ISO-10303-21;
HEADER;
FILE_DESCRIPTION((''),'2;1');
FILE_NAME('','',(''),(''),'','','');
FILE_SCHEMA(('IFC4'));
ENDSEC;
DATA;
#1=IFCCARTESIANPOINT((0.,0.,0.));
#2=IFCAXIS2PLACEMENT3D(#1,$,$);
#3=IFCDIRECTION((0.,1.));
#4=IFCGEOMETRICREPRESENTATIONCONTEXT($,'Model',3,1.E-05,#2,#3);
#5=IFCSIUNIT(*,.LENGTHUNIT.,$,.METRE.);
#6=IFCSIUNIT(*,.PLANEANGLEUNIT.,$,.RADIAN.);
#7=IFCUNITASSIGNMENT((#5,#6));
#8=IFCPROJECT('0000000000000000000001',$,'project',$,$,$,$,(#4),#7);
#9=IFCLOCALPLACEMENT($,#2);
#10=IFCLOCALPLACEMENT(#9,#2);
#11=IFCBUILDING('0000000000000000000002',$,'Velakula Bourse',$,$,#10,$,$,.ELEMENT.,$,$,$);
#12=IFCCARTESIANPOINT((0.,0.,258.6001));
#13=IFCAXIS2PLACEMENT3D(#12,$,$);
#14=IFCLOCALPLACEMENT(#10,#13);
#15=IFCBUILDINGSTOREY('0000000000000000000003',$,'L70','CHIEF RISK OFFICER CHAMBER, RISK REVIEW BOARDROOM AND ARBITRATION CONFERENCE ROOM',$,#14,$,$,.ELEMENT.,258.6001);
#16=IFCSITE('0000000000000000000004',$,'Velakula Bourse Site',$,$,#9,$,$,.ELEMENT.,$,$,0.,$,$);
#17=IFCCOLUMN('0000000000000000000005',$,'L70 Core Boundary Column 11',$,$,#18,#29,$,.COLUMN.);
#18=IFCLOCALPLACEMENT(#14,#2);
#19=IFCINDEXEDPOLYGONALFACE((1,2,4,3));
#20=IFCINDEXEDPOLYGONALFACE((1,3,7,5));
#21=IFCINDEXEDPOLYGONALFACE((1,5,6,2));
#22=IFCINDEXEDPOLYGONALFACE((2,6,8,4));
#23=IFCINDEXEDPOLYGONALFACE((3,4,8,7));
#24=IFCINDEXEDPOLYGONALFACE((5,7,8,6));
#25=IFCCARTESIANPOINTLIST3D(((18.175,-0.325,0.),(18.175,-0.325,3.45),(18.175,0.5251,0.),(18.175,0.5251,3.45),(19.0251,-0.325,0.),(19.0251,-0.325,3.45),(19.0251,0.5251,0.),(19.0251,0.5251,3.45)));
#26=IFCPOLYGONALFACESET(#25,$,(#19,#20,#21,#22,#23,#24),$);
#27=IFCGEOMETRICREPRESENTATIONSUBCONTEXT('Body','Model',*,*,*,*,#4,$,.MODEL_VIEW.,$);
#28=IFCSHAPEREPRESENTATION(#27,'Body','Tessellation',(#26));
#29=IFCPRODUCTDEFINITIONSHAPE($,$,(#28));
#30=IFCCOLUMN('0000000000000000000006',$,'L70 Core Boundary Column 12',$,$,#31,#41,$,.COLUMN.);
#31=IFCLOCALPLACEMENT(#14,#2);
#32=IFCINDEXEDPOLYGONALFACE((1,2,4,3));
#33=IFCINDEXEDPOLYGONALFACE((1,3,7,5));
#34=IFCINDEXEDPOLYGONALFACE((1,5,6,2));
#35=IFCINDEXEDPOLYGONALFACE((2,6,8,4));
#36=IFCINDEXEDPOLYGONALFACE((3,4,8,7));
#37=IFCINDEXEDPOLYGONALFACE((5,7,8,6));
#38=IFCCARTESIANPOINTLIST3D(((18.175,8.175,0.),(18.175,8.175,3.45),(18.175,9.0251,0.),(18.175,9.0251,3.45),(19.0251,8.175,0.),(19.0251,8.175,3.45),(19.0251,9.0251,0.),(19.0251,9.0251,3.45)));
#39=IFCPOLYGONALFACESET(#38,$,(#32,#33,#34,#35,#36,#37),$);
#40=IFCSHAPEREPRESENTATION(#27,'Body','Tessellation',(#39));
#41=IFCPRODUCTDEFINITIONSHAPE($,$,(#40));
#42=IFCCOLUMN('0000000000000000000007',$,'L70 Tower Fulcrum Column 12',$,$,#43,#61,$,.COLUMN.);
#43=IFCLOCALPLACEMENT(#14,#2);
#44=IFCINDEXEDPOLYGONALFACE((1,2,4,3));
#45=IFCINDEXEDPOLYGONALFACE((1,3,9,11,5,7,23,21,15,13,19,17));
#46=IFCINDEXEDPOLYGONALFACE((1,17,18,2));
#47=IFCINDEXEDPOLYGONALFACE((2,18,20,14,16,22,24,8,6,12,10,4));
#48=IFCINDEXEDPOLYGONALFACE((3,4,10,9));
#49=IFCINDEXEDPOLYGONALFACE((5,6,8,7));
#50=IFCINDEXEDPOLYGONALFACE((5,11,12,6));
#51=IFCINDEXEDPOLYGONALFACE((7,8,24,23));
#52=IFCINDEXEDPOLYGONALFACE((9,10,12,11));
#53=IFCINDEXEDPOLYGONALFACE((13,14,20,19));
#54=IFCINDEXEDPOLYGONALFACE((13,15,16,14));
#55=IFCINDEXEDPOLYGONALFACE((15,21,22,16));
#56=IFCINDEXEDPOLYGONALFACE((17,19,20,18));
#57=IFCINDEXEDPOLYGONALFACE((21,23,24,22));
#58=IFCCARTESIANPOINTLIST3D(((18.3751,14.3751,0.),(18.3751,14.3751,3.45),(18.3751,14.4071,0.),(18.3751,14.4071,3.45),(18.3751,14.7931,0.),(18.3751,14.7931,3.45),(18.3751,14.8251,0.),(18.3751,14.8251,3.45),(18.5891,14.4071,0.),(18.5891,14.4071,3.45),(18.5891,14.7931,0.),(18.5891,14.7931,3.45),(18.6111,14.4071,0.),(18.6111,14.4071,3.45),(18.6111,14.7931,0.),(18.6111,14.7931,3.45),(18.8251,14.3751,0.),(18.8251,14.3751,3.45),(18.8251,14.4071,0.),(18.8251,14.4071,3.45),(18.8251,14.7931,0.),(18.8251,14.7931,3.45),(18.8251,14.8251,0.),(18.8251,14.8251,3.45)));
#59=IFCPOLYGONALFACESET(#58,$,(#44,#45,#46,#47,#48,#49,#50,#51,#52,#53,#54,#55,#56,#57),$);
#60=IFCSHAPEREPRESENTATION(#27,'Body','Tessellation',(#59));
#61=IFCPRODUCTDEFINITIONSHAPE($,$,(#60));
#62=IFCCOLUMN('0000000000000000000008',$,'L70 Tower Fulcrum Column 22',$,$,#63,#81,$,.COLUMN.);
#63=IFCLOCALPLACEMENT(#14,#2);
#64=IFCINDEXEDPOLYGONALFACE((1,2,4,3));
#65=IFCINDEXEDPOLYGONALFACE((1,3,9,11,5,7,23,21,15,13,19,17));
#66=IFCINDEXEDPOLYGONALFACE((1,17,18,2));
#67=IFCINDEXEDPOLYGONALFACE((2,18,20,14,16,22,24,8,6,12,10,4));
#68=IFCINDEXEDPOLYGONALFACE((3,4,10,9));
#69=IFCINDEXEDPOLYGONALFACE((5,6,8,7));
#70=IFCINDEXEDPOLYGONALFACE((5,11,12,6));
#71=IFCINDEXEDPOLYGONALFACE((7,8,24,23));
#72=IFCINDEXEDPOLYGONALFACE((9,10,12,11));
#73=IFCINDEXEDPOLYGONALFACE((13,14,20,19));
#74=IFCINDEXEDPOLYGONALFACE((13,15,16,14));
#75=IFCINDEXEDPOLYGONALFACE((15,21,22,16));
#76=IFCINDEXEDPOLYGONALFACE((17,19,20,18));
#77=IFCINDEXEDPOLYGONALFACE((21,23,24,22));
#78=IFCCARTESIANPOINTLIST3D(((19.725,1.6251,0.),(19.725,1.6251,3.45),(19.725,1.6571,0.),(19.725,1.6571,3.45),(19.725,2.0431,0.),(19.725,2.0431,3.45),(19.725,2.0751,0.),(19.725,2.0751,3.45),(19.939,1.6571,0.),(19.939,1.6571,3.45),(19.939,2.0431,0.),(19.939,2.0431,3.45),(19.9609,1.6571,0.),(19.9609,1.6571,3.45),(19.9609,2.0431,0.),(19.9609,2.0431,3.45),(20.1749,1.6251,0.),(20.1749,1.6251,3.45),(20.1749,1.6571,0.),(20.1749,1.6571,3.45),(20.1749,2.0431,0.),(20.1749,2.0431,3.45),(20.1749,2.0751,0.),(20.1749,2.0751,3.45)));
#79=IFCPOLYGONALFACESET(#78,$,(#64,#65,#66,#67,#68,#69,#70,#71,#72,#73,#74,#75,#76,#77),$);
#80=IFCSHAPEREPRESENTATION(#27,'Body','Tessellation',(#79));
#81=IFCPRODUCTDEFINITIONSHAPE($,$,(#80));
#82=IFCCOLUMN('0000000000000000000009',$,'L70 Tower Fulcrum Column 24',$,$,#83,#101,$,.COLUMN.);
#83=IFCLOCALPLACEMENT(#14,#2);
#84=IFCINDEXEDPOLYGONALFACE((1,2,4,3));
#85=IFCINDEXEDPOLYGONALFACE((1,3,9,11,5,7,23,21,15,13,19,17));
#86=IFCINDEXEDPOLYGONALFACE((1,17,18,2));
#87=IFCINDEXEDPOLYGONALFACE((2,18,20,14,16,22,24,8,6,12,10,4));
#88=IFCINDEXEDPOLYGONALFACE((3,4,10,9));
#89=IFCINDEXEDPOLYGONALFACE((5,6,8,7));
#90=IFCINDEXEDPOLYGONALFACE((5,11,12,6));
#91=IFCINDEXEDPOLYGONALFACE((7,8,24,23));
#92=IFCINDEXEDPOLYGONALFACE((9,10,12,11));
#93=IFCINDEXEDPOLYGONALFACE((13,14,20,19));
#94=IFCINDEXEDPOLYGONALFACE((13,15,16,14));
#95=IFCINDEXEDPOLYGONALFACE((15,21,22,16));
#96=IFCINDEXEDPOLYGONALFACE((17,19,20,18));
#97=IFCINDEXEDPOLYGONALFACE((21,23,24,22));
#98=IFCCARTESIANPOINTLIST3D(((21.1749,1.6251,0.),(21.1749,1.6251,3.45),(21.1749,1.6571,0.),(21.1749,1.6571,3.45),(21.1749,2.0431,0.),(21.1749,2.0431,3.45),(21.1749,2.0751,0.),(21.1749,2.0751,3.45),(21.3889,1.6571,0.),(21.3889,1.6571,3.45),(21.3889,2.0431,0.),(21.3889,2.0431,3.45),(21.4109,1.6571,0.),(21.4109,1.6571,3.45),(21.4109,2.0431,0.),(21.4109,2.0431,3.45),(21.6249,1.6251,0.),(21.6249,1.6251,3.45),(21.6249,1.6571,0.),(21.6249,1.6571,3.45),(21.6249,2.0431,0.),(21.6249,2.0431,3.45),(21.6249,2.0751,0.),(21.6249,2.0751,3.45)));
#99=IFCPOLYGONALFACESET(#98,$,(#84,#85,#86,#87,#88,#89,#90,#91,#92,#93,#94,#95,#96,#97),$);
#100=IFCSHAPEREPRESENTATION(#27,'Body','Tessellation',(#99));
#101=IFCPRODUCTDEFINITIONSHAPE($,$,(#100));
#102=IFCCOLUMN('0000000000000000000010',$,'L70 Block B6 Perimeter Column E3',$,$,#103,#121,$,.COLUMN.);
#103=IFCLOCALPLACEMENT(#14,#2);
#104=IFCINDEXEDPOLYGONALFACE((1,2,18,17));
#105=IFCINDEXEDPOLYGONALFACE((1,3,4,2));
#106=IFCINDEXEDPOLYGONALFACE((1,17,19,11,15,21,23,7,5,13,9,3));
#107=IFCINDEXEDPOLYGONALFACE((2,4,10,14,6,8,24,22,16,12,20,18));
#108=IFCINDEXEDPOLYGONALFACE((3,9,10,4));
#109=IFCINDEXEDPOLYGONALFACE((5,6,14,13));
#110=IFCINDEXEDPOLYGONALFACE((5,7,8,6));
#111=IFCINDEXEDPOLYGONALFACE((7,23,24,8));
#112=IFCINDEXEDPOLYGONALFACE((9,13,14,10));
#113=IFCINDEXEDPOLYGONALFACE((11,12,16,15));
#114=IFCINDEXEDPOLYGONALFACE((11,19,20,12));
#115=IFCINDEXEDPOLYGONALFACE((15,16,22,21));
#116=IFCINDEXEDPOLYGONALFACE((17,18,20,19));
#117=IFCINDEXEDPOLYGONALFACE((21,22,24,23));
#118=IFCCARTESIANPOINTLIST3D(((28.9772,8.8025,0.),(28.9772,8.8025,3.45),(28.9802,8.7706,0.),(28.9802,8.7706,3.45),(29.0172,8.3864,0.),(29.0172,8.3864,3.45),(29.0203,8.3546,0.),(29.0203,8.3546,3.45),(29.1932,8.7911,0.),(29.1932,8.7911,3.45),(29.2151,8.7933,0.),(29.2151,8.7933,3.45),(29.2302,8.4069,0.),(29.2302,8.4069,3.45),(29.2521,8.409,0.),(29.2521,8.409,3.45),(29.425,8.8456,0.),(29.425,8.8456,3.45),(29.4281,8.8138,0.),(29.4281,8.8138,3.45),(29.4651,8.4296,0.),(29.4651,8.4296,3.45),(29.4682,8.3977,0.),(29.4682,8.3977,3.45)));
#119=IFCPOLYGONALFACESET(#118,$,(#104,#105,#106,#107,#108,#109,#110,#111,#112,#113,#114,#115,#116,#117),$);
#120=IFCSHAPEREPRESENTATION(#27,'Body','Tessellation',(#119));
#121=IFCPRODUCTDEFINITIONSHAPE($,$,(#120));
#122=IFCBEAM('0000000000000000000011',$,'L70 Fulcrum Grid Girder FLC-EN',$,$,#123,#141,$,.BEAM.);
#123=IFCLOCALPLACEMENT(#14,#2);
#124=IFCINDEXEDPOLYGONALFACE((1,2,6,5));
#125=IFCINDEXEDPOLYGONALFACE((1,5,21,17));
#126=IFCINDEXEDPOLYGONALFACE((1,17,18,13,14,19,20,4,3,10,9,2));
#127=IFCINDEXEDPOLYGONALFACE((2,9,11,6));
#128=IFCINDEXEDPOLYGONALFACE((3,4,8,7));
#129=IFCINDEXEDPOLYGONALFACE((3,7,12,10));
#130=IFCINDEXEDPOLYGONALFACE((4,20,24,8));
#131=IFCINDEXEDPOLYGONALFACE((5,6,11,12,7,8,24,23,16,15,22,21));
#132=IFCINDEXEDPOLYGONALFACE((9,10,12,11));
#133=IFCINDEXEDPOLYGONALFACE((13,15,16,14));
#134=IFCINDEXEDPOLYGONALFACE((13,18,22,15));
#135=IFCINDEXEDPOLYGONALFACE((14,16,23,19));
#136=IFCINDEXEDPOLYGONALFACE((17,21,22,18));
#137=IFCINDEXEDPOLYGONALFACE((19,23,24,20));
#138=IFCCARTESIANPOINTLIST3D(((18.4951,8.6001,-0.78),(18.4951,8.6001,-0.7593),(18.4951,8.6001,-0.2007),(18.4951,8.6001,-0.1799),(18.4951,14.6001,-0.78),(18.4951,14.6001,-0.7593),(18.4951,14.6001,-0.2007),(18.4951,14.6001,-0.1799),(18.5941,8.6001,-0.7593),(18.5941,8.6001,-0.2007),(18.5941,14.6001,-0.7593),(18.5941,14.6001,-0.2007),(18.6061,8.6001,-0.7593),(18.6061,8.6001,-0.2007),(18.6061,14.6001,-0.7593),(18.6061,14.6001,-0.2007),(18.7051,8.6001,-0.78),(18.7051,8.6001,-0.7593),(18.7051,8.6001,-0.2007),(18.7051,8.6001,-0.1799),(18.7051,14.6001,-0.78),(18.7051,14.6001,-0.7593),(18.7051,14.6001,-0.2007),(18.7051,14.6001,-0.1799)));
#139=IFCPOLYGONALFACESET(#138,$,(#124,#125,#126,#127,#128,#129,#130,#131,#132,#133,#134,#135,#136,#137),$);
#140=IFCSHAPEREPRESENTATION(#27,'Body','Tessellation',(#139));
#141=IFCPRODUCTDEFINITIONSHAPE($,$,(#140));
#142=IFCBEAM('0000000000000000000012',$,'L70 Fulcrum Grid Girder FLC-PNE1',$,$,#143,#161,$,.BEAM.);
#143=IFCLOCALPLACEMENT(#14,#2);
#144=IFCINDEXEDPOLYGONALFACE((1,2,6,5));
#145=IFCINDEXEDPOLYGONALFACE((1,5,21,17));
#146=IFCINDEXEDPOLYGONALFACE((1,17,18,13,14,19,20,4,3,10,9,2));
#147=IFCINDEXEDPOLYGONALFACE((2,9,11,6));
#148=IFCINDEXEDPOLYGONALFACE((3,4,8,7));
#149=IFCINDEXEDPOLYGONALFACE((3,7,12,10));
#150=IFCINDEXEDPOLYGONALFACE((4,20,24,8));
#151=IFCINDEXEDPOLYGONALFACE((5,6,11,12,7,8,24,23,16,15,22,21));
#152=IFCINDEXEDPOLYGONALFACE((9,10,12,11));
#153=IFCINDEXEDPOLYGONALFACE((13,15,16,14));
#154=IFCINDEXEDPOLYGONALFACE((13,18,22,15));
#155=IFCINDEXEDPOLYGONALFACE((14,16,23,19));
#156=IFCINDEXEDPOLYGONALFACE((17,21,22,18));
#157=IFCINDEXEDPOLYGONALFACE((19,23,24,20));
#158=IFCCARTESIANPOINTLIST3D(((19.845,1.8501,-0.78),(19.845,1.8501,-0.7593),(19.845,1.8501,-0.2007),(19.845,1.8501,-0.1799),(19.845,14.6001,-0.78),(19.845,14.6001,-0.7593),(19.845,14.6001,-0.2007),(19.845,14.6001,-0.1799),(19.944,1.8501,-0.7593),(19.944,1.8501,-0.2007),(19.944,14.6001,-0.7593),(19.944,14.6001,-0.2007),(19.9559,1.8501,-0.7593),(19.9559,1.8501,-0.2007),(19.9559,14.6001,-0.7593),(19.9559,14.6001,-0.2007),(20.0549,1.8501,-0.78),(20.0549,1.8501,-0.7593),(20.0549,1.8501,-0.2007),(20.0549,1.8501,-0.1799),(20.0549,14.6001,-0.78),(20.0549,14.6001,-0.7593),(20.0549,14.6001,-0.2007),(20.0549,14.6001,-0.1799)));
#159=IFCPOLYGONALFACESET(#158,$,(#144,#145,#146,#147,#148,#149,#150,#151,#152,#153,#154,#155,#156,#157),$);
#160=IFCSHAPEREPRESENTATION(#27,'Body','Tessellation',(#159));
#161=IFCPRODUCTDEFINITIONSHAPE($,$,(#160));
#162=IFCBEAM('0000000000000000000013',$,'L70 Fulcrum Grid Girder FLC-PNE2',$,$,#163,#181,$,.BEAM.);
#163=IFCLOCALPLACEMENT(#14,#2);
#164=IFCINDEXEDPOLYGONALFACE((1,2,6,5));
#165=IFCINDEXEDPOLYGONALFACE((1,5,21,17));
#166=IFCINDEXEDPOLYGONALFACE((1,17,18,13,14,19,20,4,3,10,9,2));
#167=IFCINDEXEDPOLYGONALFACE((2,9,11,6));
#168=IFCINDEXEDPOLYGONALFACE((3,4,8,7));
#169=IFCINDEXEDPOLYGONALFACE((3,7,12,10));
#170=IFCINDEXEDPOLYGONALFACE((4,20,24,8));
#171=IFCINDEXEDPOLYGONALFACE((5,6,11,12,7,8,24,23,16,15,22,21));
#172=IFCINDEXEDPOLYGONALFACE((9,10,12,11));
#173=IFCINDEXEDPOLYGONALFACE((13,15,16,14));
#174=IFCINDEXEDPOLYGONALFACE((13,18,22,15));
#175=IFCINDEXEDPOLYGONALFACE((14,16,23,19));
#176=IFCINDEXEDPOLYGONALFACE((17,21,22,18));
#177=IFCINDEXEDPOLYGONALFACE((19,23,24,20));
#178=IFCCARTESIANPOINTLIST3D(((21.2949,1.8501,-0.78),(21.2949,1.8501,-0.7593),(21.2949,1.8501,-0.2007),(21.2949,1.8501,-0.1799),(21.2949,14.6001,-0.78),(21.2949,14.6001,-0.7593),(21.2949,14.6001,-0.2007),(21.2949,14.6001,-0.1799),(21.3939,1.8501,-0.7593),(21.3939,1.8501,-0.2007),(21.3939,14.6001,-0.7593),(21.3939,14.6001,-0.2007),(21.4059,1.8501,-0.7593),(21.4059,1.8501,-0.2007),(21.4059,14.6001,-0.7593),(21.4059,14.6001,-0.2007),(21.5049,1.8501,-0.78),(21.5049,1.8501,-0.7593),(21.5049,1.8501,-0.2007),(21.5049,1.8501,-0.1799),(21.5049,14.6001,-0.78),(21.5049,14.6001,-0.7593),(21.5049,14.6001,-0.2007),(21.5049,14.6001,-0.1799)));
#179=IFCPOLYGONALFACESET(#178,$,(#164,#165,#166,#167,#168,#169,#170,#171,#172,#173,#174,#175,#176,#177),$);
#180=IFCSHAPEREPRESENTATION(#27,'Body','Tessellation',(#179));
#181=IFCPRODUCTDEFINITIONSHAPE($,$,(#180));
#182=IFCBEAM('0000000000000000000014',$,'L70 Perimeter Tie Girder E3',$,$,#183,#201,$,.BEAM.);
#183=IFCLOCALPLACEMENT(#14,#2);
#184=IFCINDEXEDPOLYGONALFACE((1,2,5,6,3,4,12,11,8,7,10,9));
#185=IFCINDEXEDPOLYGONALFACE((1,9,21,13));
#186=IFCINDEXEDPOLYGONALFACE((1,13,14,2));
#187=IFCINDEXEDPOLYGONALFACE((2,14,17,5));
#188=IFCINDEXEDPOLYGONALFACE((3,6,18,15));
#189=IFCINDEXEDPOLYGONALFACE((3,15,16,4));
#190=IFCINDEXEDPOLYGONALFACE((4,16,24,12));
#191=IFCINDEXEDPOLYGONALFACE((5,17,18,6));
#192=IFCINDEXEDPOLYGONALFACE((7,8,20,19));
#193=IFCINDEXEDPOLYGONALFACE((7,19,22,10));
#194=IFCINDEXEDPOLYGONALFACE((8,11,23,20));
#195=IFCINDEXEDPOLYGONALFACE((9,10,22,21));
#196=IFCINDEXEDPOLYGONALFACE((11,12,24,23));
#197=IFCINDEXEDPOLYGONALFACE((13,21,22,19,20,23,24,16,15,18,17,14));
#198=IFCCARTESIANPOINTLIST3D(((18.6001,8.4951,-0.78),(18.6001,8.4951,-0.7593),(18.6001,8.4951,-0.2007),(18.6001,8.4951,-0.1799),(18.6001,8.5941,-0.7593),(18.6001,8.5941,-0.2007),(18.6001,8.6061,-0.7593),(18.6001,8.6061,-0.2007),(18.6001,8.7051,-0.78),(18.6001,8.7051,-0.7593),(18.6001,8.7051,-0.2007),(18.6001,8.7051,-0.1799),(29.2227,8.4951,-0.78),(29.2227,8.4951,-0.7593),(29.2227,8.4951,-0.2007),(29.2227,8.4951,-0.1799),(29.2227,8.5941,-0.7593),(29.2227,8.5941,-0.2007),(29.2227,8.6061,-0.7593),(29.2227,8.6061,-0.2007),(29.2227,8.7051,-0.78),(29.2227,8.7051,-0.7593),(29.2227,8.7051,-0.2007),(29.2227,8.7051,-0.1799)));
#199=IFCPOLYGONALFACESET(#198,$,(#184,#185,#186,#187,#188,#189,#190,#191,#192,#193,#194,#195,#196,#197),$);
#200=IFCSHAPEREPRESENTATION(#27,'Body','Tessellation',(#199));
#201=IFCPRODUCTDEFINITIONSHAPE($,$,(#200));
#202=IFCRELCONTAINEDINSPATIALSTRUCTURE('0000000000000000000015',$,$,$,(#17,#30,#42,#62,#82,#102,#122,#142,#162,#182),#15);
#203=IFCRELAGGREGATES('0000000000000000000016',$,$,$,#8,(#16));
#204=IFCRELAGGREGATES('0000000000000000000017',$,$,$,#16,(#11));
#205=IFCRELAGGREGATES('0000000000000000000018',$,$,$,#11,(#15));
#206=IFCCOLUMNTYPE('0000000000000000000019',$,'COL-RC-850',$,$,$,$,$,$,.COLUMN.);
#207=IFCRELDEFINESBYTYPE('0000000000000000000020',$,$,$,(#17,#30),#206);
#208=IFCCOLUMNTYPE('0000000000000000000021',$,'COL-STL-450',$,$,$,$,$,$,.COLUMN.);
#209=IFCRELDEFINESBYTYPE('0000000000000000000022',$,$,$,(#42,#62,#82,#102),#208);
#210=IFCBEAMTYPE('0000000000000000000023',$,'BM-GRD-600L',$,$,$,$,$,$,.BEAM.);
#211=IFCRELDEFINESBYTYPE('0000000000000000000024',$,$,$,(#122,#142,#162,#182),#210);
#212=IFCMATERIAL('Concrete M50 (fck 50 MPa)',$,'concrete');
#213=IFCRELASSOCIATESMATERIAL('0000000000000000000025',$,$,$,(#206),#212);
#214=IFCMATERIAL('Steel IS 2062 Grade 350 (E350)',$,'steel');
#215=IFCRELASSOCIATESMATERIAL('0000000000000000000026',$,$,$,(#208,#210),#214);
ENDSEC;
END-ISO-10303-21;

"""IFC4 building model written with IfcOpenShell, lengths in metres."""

from ifc_helpers import new_model, si_unit, direction, frame, origin, origin_2d, place, context, subcontext, project, spatial, rectangle, i_section, extrude, material, material_profile, profile_set, type_object, element, save


model = new_model("IFC4")

# Units and contexts
model_context = context("Model", 3, precision=1e-05, world=origin(), true_north=direction((0.0, 1.0)))
body_context = subcontext(model_context, "Body", "Model", "MODEL_VIEW")
ifc_project = project(units=[si_unit("LENGTHUNIT", "METRE"), si_unit("PLANEANGLEUNIT", "RADIAN")], contexts=[model_context])

# Site, building, storey
site_placement = place(None, origin())
site = spatial("IfcSite", under=ifc_project, at=site_placement, Name="Velakula Bourse Site", CompositionType="ELEMENT", RefElevation=0.0)
building_placement = place(site_placement, origin())
building = spatial("IfcBuilding", under=site, at=building_placement, Name="Velakula Bourse", CompositionType="ELEMENT")
storey_placement = place(building_placement, frame((0.0, 0.0, 258.6001)))
storey = spatial("IfcBuildingStorey", under=building, at=storey_placement, Name="L70", Description="CHIEF RISK OFFICER CHAMBER, RISK REVIEW BOARDROOM AND ARBITRATION CONFERENCE ROOM", CompositionType="ELEMENT", Elevation=258.6001)

# Columns
ifc_material_1 = material(Name="Concrete M50 (fck 50 MPa)", Category="concrete")
ifc_material_profile_1 = material_profile(ifc_material_1, rectangle(XDim=0.8501, YDim=0.8501, at=origin_2d()), Name="Concrete M50 (fck 50 MPa)")
ifc_profile_set_1 = profile_set([ifc_material_profile_1], Name="Concrete M50 (fck 50 MPa)")
column_type_1 = type_object("IfcColumnType", Name="COL-RC-850", PredefinedType="COLUMN", material=ifc_profile_set_1)
for number, where, z_axis, x_axis, name in (
    (1, (18.6001, 0.1001, 0.0), (0.0, 0.0, 1.0), (1.0, 0.0, 0.0), "L70 Core Boundary Column 11"),
    (2, (18.6001, 8.6001, 0.0), (0.0, 0.0, 1.0), (1.0, 0.0, 0.0), "L70 Core Boundary Column 12"),
):
    element("IfcColumn", number, at=place(storey_placement, frame(where, z_axis=z_axis, x_axis=x_axis)), inside=storey, type_object=column_type_1, Name=name, PredefinedType="COLUMN", context=body_context, shape_type="SweptSolid", body=[
        extrude(rectangle(XDim=0.8501, YDim=0.8501, at=origin_2d()), origin(), (0.0, 0.0, 1.0), 3.45),
    ])
ifc_material_2 = material(Name="Steel IS 2062 Grade 350 (E350)", Category="steel")
ifc_material_profile_2 = material_profile(ifc_material_2, i_section(OverallWidth=0.45, OverallDepth=0.45, WebThickness=0.022, FlangeThickness=0.032, at=origin_2d()), Name="Steel IS 2062 Grade 350 (E350)")
ifc_profile_set_2 = profile_set([ifc_material_profile_2], Name="Steel IS 2062 Grade 350 (E350)")
column_type_2 = type_object("IfcColumnType", Name="COL-STL-450", PredefinedType="COLUMN", material=ifc_profile_set_2)
for number, where, z_axis, x_axis, name in (
    (3, (18.6001, 14.6001, 0.0), (0.0, 0.0, 1.0), (1.0, 0.0, 0.0), "L70 Tower Fulcrum Column 12"),
    (4, (19.95, 1.8501, 0.0), (0.0, 0.0, 1.0), (1.0, 0.0, 0.0), "L70 Tower Fulcrum Column 22"),
    (5, (21.3999, 1.8501, 0.0), (0.0, 0.0, 1.0), (1.0, 0.0, 0.0), "L70 Tower Fulcrum Column 24"),
    (6, (29.2227, 8.6001, 0.0), (0.0, 0.0, 1.0), (0.995396, 0.095846, 0.0), "L70 Block B6 Perimeter Column E3"),
):
    element("IfcColumn", number, at=place(storey_placement, frame(where, z_axis=z_axis, x_axis=x_axis)), inside=storey, type_object=column_type_2, Name=name, PredefinedType="COLUMN", context=body_context, shape_type="SweptSolid", body=[
        extrude(i_section(OverallWidth=0.45, OverallDepth=0.45, WebThickness=0.022, FlangeThickness=0.032, at=origin_2d()), origin(), (0.0, 0.0, 1.0), 3.45),
    ])

# Beams
ifc_material_profile_3 = material_profile(ifc_material_2, i_section(OverallWidth=0.21, OverallDepth=0.6001, WebThickness=0.012, FlangeThickness=0.0208, at=origin_2d()), Name="Steel IS 2062 Grade 350 (E350)")
ifc_profile_set_3 = profile_set([ifc_material_profile_3], Name="Steel IS 2062 Grade 350 (E350)")
beam_type_1 = type_object("IfcBeamType", Name="BM-GRD-600L", PredefinedType="BEAM", material=ifc_profile_set_3)
beam_1_placement = place(storey_placement, frame((18.6001, 8.6001, -0.48), z_axis=(0.0, 1.0, 0.0), x_axis=(-1.0, 0.0, 0.0)))
element("IfcBeam", 7, at=beam_1_placement, inside=storey, type_object=beam_type_1, Name="L70 Fulcrum Grid Girder FLC-EN", PredefinedType="BEAM", context=body_context, shape_type="SweptSolid", body=[
    extrude(i_section(OverallWidth=0.21, OverallDepth=0.6001, WebThickness=0.012, FlangeThickness=0.0208, at=origin_2d()), origin(), (0.0, 0.0, 1.0), 6.0),
])
for number, where, z_axis, x_axis, name in (
    (8, (19.95, 1.8501, -0.48), (0.0, 1.0, 0.0), (-1.0, 0.0, 0.0), "L70 Fulcrum Grid Girder FLC-PNE1"),
    (9, (21.3999, 1.8501, -0.48), (0.0, 1.0, 0.0), (-1.0, 0.0, 0.0), "L70 Fulcrum Grid Girder FLC-PNE2"),
):
    element("IfcBeam", number, at=place(storey_placement, frame(where, z_axis=z_axis, x_axis=x_axis)), inside=storey, type_object=beam_type_1, Name=name, PredefinedType="BEAM", context=body_context, shape_type="SweptSolid", body=[
        extrude(i_section(OverallWidth=0.21, OverallDepth=0.6001, WebThickness=0.012, FlangeThickness=0.0208, at=origin_2d()), origin(), (0.0, 0.0, 1.0), 12.75),
    ])
beam_2_placement = place(storey_placement, frame((18.6001, 8.6001, -0.48), z_axis=(1.0, 0.0, 0.0), x_axis=(0.0, 1.0, 0.0)))
element("IfcBeam", 10, at=beam_2_placement, inside=storey, type_object=beam_type_1, Name="L70 Perimeter Tie Girder E3", PredefinedType="BEAM", context=body_context, shape_type="SweptSolid", body=[
    extrude(i_section(OverallWidth=0.21, OverallDepth=0.6001, WebThickness=0.012, FlangeThickness=0.0208, at=origin_2d()), origin(), (0.0, 0.0, 1.0), 10.6226),
])

save(model, "model.ifc")
